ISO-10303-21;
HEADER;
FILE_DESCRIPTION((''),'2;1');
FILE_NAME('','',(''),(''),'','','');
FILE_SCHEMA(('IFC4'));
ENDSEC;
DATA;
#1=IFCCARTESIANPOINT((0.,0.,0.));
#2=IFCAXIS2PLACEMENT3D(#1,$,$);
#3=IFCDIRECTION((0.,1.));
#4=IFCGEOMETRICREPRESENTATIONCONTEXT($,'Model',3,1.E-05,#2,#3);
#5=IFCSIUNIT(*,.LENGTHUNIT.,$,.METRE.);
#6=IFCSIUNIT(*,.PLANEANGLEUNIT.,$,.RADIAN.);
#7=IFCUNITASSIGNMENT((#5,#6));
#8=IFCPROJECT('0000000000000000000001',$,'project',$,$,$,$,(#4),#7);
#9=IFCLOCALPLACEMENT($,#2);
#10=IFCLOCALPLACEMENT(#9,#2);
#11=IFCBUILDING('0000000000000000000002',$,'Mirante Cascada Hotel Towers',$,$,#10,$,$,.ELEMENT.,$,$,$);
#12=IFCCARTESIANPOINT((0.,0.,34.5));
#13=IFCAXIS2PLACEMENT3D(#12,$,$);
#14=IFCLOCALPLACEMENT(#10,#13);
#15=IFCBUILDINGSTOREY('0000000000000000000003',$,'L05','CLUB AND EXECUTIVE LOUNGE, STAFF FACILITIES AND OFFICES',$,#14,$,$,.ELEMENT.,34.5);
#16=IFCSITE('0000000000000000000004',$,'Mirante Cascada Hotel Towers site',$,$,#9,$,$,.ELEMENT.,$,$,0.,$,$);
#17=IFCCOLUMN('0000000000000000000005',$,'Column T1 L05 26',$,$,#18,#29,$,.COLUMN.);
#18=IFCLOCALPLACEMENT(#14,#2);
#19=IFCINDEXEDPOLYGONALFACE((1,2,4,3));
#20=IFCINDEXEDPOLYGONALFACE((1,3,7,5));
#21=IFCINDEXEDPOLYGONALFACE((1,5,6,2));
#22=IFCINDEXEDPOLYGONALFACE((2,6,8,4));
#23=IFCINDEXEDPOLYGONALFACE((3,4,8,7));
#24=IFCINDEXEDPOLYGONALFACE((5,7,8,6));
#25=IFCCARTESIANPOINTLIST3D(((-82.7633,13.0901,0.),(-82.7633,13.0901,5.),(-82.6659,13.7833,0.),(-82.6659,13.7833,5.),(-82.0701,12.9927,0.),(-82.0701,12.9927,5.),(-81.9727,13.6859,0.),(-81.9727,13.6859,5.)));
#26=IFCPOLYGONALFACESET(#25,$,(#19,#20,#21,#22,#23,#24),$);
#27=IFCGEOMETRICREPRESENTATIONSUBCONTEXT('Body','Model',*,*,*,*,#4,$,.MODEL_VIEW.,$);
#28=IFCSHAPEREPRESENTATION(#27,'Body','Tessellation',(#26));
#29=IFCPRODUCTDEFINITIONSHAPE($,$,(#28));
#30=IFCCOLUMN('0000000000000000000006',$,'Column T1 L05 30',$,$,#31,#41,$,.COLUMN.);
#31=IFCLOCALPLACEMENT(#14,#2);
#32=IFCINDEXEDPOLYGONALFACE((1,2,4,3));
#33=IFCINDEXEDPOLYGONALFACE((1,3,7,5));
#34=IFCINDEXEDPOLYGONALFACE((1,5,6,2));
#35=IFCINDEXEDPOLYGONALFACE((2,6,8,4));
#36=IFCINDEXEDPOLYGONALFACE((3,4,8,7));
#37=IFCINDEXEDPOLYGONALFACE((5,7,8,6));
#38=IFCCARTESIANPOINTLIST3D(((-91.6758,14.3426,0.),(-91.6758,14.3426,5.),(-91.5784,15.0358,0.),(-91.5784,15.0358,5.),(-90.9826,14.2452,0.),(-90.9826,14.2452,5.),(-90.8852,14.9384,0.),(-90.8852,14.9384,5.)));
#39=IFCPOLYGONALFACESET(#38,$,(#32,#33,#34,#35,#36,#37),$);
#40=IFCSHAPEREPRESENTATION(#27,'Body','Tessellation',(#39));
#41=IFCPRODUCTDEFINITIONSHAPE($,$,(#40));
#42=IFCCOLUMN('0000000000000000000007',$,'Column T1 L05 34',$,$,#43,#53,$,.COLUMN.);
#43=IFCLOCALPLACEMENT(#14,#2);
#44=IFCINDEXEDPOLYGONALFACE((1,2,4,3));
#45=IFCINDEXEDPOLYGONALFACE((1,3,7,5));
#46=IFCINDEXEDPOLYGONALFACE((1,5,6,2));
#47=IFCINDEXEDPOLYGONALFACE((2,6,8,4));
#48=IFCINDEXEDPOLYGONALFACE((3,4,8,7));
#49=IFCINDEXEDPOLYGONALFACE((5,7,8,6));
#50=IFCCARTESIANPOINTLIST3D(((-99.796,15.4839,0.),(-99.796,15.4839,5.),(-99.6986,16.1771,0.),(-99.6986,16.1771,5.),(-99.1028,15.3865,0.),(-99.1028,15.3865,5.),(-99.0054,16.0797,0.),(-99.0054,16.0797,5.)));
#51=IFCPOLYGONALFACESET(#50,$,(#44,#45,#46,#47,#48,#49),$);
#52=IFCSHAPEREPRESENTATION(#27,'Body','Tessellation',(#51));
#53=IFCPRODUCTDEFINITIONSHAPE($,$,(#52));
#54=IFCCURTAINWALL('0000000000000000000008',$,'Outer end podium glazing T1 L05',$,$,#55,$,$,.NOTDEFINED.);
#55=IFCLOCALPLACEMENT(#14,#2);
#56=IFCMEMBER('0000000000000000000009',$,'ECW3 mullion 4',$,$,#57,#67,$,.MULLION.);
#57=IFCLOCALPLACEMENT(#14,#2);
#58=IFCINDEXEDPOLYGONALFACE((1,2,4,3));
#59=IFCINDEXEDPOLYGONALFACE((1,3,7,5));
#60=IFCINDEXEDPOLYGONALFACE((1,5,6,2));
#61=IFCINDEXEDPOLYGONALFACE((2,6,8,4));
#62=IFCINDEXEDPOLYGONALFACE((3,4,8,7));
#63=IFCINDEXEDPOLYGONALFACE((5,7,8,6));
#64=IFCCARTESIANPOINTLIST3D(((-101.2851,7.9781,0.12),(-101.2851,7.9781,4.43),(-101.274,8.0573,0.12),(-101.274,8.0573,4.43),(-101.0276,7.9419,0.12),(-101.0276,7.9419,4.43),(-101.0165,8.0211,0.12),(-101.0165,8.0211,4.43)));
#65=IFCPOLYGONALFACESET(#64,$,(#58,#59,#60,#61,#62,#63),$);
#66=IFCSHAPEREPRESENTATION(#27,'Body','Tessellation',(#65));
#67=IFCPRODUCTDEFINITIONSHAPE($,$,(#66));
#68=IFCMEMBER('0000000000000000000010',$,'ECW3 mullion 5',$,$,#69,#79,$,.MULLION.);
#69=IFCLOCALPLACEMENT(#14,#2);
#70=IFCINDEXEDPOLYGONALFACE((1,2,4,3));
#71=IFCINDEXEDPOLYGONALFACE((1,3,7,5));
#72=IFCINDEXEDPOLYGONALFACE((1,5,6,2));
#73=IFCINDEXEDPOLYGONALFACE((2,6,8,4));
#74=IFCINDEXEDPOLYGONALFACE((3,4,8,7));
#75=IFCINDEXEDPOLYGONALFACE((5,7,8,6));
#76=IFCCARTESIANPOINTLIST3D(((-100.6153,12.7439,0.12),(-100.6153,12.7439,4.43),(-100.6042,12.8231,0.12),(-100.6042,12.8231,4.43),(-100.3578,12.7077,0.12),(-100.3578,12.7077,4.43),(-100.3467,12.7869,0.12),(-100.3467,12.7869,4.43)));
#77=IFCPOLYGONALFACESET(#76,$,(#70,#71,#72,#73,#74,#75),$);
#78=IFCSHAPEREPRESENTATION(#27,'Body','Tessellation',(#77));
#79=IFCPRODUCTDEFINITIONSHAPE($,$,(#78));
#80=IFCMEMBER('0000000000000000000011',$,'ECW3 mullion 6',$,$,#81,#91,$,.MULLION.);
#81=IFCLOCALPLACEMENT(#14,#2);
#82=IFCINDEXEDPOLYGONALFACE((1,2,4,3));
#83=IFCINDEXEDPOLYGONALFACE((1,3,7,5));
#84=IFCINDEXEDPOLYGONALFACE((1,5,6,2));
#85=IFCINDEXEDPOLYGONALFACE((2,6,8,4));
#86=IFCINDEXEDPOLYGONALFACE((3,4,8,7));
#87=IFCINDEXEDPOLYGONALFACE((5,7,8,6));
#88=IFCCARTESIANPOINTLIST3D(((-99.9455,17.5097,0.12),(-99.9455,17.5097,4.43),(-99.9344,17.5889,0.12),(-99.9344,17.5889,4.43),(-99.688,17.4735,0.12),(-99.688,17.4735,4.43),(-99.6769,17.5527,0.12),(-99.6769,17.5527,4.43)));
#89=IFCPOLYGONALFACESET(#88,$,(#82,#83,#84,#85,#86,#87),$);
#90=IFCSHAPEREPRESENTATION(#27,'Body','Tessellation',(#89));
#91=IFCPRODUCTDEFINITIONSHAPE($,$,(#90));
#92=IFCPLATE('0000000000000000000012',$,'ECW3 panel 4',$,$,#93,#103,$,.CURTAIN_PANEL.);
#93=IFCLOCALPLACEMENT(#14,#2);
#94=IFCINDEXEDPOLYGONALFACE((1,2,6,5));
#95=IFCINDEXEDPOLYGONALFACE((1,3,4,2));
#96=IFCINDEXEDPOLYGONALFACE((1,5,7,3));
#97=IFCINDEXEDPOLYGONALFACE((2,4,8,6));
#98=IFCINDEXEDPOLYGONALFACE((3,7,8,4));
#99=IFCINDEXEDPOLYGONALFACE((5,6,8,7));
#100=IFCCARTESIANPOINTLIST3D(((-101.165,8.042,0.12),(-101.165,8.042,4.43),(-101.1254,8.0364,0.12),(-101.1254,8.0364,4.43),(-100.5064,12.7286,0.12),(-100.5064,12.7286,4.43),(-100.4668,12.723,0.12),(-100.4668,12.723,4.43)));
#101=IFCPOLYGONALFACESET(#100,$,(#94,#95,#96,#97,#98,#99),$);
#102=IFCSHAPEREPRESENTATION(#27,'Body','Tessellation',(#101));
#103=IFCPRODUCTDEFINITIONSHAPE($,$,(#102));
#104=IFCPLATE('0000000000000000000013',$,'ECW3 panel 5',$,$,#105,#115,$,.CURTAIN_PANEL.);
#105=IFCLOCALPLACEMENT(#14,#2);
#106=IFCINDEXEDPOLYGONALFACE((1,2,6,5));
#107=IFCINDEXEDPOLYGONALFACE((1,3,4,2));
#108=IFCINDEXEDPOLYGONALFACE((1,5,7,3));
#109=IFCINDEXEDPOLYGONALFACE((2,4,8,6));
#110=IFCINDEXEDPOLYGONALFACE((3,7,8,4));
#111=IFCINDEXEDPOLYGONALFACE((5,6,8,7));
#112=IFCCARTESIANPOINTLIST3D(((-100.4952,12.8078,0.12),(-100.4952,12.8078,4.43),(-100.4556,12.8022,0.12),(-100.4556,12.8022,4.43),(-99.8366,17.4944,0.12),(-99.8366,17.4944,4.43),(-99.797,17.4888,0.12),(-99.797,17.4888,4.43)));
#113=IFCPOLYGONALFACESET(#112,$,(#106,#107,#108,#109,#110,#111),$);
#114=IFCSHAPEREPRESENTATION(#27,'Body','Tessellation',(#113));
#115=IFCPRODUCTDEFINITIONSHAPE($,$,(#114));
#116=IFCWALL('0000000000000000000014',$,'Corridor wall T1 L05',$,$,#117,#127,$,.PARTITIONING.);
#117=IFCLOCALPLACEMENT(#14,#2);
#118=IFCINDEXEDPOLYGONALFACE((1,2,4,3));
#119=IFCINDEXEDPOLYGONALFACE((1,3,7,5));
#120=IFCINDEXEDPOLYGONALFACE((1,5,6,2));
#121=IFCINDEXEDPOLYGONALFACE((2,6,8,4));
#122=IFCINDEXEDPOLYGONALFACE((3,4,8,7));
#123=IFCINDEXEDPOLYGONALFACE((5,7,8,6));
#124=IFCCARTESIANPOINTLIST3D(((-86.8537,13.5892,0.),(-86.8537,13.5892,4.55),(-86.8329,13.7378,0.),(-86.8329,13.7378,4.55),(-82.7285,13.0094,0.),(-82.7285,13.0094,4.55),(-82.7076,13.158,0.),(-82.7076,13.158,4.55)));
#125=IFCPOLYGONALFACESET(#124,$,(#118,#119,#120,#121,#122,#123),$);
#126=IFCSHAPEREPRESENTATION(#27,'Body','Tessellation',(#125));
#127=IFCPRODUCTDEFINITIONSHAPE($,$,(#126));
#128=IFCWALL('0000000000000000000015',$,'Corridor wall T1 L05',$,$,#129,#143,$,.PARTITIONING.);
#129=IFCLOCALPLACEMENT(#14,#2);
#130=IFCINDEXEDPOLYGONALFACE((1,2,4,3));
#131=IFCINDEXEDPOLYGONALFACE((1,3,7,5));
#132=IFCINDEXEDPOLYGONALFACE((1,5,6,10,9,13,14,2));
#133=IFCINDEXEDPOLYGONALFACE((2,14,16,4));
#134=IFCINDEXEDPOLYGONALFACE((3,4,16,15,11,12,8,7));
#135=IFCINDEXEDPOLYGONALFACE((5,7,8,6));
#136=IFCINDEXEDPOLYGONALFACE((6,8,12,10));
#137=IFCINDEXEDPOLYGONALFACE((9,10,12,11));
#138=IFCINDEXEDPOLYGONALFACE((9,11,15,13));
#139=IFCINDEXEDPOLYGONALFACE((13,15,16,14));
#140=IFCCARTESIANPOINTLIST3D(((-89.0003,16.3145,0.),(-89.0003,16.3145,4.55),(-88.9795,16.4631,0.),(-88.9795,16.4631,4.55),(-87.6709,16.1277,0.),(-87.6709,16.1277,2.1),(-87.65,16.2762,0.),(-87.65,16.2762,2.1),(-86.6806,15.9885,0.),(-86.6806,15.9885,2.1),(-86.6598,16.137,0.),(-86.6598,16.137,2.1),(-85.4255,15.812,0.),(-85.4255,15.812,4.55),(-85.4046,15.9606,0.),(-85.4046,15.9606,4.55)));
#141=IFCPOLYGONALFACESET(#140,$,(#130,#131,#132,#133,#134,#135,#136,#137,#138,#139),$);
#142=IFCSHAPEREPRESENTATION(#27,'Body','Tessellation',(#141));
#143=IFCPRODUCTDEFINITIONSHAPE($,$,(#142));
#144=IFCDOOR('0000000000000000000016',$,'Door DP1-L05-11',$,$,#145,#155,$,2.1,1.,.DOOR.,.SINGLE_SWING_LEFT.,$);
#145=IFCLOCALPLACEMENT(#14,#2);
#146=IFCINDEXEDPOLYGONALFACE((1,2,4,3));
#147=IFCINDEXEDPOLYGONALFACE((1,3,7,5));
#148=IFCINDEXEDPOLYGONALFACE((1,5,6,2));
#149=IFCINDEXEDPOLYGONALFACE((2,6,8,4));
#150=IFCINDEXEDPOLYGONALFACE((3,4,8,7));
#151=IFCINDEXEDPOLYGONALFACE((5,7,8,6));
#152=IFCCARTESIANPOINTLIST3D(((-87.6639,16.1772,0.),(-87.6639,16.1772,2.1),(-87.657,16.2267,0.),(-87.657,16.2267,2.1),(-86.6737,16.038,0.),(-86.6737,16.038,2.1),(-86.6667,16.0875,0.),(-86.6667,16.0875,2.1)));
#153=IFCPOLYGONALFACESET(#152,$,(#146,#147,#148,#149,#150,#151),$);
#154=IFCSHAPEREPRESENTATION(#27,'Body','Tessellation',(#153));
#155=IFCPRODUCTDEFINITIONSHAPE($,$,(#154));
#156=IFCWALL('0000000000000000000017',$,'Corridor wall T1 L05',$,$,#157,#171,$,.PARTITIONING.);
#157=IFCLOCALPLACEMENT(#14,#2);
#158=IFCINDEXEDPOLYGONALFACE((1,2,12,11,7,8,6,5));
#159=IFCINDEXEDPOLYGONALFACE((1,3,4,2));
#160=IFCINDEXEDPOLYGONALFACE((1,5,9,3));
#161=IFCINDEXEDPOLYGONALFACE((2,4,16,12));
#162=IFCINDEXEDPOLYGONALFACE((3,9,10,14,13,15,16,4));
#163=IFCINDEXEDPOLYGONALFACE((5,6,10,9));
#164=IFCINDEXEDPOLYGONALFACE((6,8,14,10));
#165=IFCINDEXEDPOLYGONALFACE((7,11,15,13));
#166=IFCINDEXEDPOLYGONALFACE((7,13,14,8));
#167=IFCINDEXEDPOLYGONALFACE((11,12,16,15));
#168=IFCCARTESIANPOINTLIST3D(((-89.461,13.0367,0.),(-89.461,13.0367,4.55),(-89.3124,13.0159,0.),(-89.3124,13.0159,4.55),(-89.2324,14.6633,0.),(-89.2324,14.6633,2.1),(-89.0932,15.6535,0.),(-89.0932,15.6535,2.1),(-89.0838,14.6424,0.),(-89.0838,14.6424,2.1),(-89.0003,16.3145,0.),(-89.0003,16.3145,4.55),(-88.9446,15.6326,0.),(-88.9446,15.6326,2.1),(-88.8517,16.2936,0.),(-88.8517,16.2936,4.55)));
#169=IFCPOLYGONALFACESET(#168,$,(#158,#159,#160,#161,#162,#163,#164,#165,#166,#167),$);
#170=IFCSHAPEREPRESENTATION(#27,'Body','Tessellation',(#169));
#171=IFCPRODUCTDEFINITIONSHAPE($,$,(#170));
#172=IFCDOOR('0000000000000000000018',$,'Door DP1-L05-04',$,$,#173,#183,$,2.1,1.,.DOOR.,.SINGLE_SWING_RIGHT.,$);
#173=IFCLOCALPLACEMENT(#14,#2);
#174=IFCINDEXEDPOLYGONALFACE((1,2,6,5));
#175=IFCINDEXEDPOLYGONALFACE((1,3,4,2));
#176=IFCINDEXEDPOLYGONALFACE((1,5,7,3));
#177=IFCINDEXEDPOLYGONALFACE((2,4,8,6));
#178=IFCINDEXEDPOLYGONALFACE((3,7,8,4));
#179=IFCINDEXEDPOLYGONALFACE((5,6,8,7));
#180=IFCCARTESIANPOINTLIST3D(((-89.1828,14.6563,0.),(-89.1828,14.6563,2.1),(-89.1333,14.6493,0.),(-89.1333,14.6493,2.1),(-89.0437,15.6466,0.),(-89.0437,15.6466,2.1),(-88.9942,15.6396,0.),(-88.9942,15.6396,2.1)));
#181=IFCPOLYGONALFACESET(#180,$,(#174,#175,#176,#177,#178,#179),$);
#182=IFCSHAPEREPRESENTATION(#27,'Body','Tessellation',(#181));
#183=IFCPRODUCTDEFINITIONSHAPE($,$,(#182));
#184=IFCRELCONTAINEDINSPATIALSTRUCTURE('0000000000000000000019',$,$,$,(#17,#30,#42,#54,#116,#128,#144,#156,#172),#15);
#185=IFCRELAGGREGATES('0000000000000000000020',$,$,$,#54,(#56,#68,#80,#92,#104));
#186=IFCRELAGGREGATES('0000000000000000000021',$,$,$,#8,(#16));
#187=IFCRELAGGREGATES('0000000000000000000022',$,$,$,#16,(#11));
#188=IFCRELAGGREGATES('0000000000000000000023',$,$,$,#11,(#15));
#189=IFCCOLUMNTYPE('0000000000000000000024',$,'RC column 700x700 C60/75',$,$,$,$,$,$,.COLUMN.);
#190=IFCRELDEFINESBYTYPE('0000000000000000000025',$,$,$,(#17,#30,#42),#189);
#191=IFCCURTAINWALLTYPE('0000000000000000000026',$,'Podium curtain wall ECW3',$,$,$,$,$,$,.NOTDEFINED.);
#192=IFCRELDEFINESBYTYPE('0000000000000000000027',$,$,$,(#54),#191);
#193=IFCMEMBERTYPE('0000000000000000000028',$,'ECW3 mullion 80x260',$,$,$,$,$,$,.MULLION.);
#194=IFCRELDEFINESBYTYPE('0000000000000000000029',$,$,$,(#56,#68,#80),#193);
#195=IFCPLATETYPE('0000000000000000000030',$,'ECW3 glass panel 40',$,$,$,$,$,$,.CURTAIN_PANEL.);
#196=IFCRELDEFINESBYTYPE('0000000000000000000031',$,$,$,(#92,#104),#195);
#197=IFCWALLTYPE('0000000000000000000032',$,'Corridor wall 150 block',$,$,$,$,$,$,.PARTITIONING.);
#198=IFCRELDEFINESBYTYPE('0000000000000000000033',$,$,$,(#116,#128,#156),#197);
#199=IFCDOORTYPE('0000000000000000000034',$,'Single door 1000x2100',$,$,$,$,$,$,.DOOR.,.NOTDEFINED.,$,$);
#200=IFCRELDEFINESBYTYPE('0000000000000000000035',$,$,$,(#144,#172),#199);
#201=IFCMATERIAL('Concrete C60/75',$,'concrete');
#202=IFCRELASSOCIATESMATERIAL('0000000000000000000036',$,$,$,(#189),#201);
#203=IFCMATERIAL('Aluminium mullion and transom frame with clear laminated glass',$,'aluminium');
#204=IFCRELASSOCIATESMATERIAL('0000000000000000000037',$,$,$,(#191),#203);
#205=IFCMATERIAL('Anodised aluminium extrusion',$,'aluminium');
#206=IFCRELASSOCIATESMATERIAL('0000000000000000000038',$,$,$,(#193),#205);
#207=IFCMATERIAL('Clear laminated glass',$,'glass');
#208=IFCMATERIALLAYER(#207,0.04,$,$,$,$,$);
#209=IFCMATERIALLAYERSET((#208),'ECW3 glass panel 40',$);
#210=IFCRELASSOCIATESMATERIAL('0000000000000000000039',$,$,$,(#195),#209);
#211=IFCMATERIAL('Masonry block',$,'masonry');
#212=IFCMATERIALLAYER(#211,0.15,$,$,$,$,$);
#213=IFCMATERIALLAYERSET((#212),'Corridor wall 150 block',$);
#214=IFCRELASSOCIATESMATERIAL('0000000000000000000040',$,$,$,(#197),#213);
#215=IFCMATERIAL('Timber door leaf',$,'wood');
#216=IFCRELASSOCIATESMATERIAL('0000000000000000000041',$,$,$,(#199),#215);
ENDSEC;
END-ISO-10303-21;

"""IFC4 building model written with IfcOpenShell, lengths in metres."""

from ifc_helpers import new_model, si_unit, direction, frame, frame_2d, origin, origin_2d, place, context, subcontext, project, spatial, rectangle, extrude, material, layer, layer_set, material_profile, profile_set, type_object, element, fill, aggregate, save


model = new_model("IFC4")

# Units and contexts
model_context = context("Model", 3, precision=1e-05, world=origin(), true_north=direction((0.0, 1.0)))
body_context = subcontext(model_context, "Body", "Model", "MODEL_VIEW")
ifc_project = project(units=[si_unit("LENGTHUNIT", "METRE"), si_unit("PLANEANGLEUNIT", "RADIAN")], contexts=[model_context])

# Site, building, storey
site_placement = place(None, origin())
site = spatial("IfcSite", under=ifc_project, at=site_placement, Name="Mirante Cascada Hotel Towers site", CompositionType="ELEMENT", RefElevation=0.0)
building_placement = place(site_placement, origin())
building = spatial("IfcBuilding", under=site, at=building_placement, Name="Mirante Cascada Hotel Towers", CompositionType="ELEMENT")
storey_placement = place(building_placement, frame((0.0, 0.0, 34.5)))
storey = spatial("IfcBuildingStorey", under=building, at=storey_placement, Name="L05", Description="CLUB AND EXECUTIVE LOUNGE, STAFF FACILITIES AND OFFICES", CompositionType="ELEMENT", Elevation=34.5)

# Columns
ifc_material_1 = material(Name="Concrete C60/75", Category="concrete")
ifc_material_profile_1 = material_profile(ifc_material_1, rectangle(XDim=0.7, YDim=0.7, at=origin_2d()), Name="RC column 700x700 C60/75")
ifc_profile_set_1 = profile_set([ifc_material_profile_1], Name="Concrete C60/75")
column_type = type_object("IfcColumnType", Name="RC column 700x700 C60/75", PredefinedType="COLUMN", material=ifc_profile_set_1)
for number, where, z_axis, x_axis, name in (
    (1, (-82.368, 13.388, 0.0), (0.0, 0.0, 1.0), (-0.990268, 0.139173, 0.0), "Column T1 L05 26"),
    (2, (-91.2805, 14.6405, 0.0), (0.0, 0.0, 1.0), (-0.990268, 0.139173, 0.0), "Column T1 L05 30"),
    (3, (-99.4007, 15.7818, 0.0), (0.0, 0.0, 1.0), (-0.990268, 0.139173, 0.0), "Column T1 L05 34"),
):
    element("IfcColumn", number, at=place(storey_placement, frame(where, z_axis=z_axis, x_axis=x_axis)), inside=storey, type_object=column_type, Name=name, PredefinedType="COLUMN", context=body_context, shape_type="SweptSolid", body=[
        extrude(rectangle(XDim=0.7, YDim=0.7, at=origin_2d()), origin(), (0.0, 0.0, 1.0), 5.0),
    ])

# Curtain wall, members, plates
ifc_material_2 = material(Name="Aluminium mullion and transom frame with clear laminated glass", Category="aluminium")
curtain_wall_type = type_object("IfcCurtainWallType", Name="Podium curtain wall ECW3", PredefinedType="NOTDEFINED", material=ifc_material_2)
curtain_wall_placement = place(storey_placement, origin())
curtain_wall = element("IfcCurtainWall", 4, at=curtain_wall_placement, inside=storey, type_object=curtain_wall_type, Name="Outer end podium glazing T1 L05", PredefinedType="NOTDEFINED")
ifc_material_3 = material(Name="Anodised aluminium extrusion", Category="aluminium")
ifc_material_profile_2 = material_profile(ifc_material_3, rectangle(XDim=0.26, YDim=0.08, at=origin_2d()), Name="ECW3 MULLION 80x260")
ifc_profile_set_2 = profile_set([ifc_material_profile_2], Name="Anodised aluminium extrusion")
member_type = type_object("IfcMemberType", Name="ECW3 mullion 80x260", PredefinedType="MULLION", material=ifc_profile_set_2)
member_1_placement = place(storey_placement, frame((-101.1508, 7.9996, 0.12), z_axis=(0.0, 0.0, 1.0), x_axis=(-0.990268, 0.139173, 0.0)))
member_1 = element("IfcMember", 5, at=member_1_placement, type_object=member_type, Name="ECW3 mullion 4", PredefinedType="MULLION", context=body_context, shape_type="SweptSolid", body=[
    extrude(rectangle(XDim=0.26, YDim=0.08, at=origin_2d()), origin(), (0.0, 0.0, 1.0), 4.31),
])
member_2_placement = place(storey_placement, frame((-100.481, 12.7654, 0.12), z_axis=(0.0, 0.0, 1.0), x_axis=(-0.990268, 0.139173, 0.0)))
member_2 = element("IfcMember", 6, at=member_2_placement, type_object=member_type, Name="ECW3 mullion 5", PredefinedType="MULLION", context=body_context, shape_type="SweptSolid", body=[
    extrude(rectangle(XDim=0.26, YDim=0.08, at=origin_2d()), origin(), (0.0, 0.0, 1.0), 4.31),
])
member_3_placement = place(storey_placement, frame((-99.8112, 17.5312, 0.12), z_axis=(0.0, 0.0, 1.0), x_axis=(-0.990268, 0.139173, 0.0)))
member_3 = element("IfcMember", 7, at=member_3_placement, type_object=member_type, Name="ECW3 mullion 6", PredefinedType="MULLION", context=body_context, shape_type="SweptSolid", body=[
    extrude(rectangle(XDim=0.26, YDim=0.08, at=origin_2d()), origin(), (0.0, 0.0, 1.0), 4.31),
])
ifc_material_4 = material(Name="Clear laminated glass", Category="glass")
ifc_layer_1 = layer(ifc_material_4, 0.04)
ifc_layer_set_1 = layer_set([ifc_layer_1], Name="ECW3 glass panel 40")
plate_type = type_object("IfcPlateType", Name="ECW3 glass panel 40", PredefinedType="CURTAIN_PANEL", material=ifc_layer_set_1)
plate_1_placement = place(storey_placement, frame((-100.8159, 10.3825, 0.12), z_axis=(0.0, 0.0, 1.0), x_axis=(0.139173, 0.990268, 0.0)))
plate_1 = element("IfcPlate", 8, at=plate_1_placement, type_object=plate_type, Name="ECW3 panel 4", PredefinedType="CURTAIN_PANEL", context=body_context, shape_type="SweptSolid", body=[
    extrude(rectangle(XDim=4.7326, YDim=0.04, at=origin_2d()), origin(), (0.0, 0.0, 1.0), 4.31),
])
plate_2_placement = place(storey_placement, frame((-100.1461, 15.1483, 0.12), z_axis=(0.0, 0.0, 1.0), x_axis=(0.139173, 0.990268, 0.0)))
plate_2 = element("IfcPlate", 9, at=plate_2_placement, type_object=plate_type, Name="ECW3 panel 5", PredefinedType="CURTAIN_PANEL", context=body_context, shape_type="SweptSolid", body=[
    extrude(rectangle(XDim=4.7326, YDim=0.04, at=origin_2d()), origin(), (0.0, 0.0, 1.0), 4.31),
])
aggregate(curtain_wall, [member_1, member_2, member_3, plate_1, plate_2])

# Wall
ifc_material_5 = material(Name="Masonry block", Category="masonry")
ifc_layer_2 = layer(ifc_material_5, 0.15)
ifc_layer_set_2 = layer_set([ifc_layer_2], Name="Corridor wall 150 block")
wall_type_1 = type_object("IfcWallType", Name="Corridor wall 150 block", PredefinedType="PARTITIONING", material=ifc_layer_set_2)
wall_1_placement = place(storey_placement, frame((-86.8433, 13.6635, 0.0), z_axis=(0.0, 0.0, 1.0), x_axis=(0.990267, -0.139179, 0.0)))
element("IfcWall", 10, at=wall_1_placement, inside=storey, type_object=wall_type_1, Name="Corridor wall T1 L05", PredefinedType="PARTITIONING", context=body_context, shape_type="SweptSolid", body=[
    extrude(rectangle(XDim=4.1658, YDim=0.15, at=frame_2d((2.0829, 0.0))), origin(), (0.0, 0.0, 1.0), 4.55),
])

# Walls, openings, doors
wall_2_placement = place(storey_placement, frame((-88.9899, 16.3888, 0.0), z_axis=(0.0, 0.0, 1.0), x_axis=(0.990265, -0.139195, 0.0)))
wall_2 = element("IfcWall", 11, at=wall_2_placement, inside=storey, type_object=wall_type_1, Name="Corridor wall T1 L05", PredefinedType="PARTITIONING", context=body_context, shape_type="SweptSolid", body=[
    extrude(rectangle(XDim=3.61, YDim=0.15, at=frame_2d((1.805, 0.0))), origin(), (0.0, 0.0, 1.0), 4.55),
])
opening_1_placement = place(wall_2_placement, frame((1.3425, 0.0, 0.0)))
opening_1 = element("IfcOpeningElement", 12, at=opening_1_placement, cuts=wall_2, PredefinedType="OPENING", context=body_context, shape_type="SweptSolid", body=[
    extrude(rectangle(XDim=1.0, YDim=2.1, at=frame_2d((0.5, 1.05))), frame((0.0, 0.075, 0.0), z_axis=(0.0, -1.0, 0.0), x_axis=(1.0, 0.0, 0.0)), (0.0, 0.0, 1.0), 0.15),
])
ifc_material_6 = material(Name="Timber door leaf", Category="wood")
door_type = type_object("IfcDoorType", Name="Single door 1000x2100", OperationType="NOTDEFINED", PredefinedType="DOOR", material=ifc_material_6)
door_1_placement = place(opening_1_placement, origin())
door_1 = element("IfcDoor", 13, at=door_1_placement, inside=storey, type_object=door_type, Name="Door DP1-L05-11", OperationType="SINGLE_SWING_LEFT", OverallHeight=2.1, OverallWidth=1.0, PredefinedType="DOOR", context=body_context, shape_type="SweptSolid", body=[
    extrude(rectangle(XDim=1.0, YDim=2.1, at=frame_2d((0.5, 1.05))), frame((0.0, 0.025, 0.0), z_axis=(0.0, -1.0, 0.0), x_axis=(1.0, 0.0, 0.0)), (0.0, 0.0, 1.0), 0.05),
])
fill(opening_1, door_1)
wall_3_placement = place(storey_placement, frame((-89.3867, 13.0263, 0.0), z_axis=(0.0, 0.0, 1.0), x_axis=(0.139183, 0.990267, 0.0)))
wall_3 = element("IfcWall", 14, at=wall_3_placement, inside=storey, type_object=wall_type_1, Name="Corridor wall T1 L05", PredefinedType="PARTITIONING", context=body_context, shape_type="SweptSolid", body=[
    extrude(rectangle(XDim=3.31, YDim=0.15, at=frame_2d((1.655, 0.0))), origin(), (0.0, 0.0, 1.0), 4.55),
])
opening_2_placement = place(wall_3_placement, frame((1.6425, 0.0, 0.0)))
opening_2 = element("IfcOpeningElement", 15, at=opening_2_placement, cuts=wall_3, PredefinedType="OPENING", context=body_context, shape_type="SweptSolid", body=[
    extrude(rectangle(XDim=1.0, YDim=2.1, at=frame_2d((0.5, 1.05))), frame((0.0, 0.075, 0.0), z_axis=(0.0, -1.0, 0.0), x_axis=(1.0, 0.0, 0.0)), (0.0, 0.0, 1.0), 0.15),
])
door_2_placement = place(opening_2_placement, origin())
door_2 = element("IfcDoor", 16, at=door_2_placement, inside=storey, type_object=door_type, Name="Door DP1-L05-04", OperationType="SINGLE_SWING_RIGHT", OverallHeight=2.1, OverallWidth=1.0, PredefinedType="DOOR", context=body_context, shape_type="SweptSolid", body=[
    extrude(rectangle(XDim=1.0, YDim=2.1, at=frame_2d((0.5, 1.05))), frame((0.0, 0.025, 0.0), z_axis=(0.0, -1.0, 0.0), x_axis=(1.0, 0.0, 0.0)), (0.0, 0.0, 1.0), 0.05),
])
fill(opening_2, door_2)

save(model, "model.ifc")
